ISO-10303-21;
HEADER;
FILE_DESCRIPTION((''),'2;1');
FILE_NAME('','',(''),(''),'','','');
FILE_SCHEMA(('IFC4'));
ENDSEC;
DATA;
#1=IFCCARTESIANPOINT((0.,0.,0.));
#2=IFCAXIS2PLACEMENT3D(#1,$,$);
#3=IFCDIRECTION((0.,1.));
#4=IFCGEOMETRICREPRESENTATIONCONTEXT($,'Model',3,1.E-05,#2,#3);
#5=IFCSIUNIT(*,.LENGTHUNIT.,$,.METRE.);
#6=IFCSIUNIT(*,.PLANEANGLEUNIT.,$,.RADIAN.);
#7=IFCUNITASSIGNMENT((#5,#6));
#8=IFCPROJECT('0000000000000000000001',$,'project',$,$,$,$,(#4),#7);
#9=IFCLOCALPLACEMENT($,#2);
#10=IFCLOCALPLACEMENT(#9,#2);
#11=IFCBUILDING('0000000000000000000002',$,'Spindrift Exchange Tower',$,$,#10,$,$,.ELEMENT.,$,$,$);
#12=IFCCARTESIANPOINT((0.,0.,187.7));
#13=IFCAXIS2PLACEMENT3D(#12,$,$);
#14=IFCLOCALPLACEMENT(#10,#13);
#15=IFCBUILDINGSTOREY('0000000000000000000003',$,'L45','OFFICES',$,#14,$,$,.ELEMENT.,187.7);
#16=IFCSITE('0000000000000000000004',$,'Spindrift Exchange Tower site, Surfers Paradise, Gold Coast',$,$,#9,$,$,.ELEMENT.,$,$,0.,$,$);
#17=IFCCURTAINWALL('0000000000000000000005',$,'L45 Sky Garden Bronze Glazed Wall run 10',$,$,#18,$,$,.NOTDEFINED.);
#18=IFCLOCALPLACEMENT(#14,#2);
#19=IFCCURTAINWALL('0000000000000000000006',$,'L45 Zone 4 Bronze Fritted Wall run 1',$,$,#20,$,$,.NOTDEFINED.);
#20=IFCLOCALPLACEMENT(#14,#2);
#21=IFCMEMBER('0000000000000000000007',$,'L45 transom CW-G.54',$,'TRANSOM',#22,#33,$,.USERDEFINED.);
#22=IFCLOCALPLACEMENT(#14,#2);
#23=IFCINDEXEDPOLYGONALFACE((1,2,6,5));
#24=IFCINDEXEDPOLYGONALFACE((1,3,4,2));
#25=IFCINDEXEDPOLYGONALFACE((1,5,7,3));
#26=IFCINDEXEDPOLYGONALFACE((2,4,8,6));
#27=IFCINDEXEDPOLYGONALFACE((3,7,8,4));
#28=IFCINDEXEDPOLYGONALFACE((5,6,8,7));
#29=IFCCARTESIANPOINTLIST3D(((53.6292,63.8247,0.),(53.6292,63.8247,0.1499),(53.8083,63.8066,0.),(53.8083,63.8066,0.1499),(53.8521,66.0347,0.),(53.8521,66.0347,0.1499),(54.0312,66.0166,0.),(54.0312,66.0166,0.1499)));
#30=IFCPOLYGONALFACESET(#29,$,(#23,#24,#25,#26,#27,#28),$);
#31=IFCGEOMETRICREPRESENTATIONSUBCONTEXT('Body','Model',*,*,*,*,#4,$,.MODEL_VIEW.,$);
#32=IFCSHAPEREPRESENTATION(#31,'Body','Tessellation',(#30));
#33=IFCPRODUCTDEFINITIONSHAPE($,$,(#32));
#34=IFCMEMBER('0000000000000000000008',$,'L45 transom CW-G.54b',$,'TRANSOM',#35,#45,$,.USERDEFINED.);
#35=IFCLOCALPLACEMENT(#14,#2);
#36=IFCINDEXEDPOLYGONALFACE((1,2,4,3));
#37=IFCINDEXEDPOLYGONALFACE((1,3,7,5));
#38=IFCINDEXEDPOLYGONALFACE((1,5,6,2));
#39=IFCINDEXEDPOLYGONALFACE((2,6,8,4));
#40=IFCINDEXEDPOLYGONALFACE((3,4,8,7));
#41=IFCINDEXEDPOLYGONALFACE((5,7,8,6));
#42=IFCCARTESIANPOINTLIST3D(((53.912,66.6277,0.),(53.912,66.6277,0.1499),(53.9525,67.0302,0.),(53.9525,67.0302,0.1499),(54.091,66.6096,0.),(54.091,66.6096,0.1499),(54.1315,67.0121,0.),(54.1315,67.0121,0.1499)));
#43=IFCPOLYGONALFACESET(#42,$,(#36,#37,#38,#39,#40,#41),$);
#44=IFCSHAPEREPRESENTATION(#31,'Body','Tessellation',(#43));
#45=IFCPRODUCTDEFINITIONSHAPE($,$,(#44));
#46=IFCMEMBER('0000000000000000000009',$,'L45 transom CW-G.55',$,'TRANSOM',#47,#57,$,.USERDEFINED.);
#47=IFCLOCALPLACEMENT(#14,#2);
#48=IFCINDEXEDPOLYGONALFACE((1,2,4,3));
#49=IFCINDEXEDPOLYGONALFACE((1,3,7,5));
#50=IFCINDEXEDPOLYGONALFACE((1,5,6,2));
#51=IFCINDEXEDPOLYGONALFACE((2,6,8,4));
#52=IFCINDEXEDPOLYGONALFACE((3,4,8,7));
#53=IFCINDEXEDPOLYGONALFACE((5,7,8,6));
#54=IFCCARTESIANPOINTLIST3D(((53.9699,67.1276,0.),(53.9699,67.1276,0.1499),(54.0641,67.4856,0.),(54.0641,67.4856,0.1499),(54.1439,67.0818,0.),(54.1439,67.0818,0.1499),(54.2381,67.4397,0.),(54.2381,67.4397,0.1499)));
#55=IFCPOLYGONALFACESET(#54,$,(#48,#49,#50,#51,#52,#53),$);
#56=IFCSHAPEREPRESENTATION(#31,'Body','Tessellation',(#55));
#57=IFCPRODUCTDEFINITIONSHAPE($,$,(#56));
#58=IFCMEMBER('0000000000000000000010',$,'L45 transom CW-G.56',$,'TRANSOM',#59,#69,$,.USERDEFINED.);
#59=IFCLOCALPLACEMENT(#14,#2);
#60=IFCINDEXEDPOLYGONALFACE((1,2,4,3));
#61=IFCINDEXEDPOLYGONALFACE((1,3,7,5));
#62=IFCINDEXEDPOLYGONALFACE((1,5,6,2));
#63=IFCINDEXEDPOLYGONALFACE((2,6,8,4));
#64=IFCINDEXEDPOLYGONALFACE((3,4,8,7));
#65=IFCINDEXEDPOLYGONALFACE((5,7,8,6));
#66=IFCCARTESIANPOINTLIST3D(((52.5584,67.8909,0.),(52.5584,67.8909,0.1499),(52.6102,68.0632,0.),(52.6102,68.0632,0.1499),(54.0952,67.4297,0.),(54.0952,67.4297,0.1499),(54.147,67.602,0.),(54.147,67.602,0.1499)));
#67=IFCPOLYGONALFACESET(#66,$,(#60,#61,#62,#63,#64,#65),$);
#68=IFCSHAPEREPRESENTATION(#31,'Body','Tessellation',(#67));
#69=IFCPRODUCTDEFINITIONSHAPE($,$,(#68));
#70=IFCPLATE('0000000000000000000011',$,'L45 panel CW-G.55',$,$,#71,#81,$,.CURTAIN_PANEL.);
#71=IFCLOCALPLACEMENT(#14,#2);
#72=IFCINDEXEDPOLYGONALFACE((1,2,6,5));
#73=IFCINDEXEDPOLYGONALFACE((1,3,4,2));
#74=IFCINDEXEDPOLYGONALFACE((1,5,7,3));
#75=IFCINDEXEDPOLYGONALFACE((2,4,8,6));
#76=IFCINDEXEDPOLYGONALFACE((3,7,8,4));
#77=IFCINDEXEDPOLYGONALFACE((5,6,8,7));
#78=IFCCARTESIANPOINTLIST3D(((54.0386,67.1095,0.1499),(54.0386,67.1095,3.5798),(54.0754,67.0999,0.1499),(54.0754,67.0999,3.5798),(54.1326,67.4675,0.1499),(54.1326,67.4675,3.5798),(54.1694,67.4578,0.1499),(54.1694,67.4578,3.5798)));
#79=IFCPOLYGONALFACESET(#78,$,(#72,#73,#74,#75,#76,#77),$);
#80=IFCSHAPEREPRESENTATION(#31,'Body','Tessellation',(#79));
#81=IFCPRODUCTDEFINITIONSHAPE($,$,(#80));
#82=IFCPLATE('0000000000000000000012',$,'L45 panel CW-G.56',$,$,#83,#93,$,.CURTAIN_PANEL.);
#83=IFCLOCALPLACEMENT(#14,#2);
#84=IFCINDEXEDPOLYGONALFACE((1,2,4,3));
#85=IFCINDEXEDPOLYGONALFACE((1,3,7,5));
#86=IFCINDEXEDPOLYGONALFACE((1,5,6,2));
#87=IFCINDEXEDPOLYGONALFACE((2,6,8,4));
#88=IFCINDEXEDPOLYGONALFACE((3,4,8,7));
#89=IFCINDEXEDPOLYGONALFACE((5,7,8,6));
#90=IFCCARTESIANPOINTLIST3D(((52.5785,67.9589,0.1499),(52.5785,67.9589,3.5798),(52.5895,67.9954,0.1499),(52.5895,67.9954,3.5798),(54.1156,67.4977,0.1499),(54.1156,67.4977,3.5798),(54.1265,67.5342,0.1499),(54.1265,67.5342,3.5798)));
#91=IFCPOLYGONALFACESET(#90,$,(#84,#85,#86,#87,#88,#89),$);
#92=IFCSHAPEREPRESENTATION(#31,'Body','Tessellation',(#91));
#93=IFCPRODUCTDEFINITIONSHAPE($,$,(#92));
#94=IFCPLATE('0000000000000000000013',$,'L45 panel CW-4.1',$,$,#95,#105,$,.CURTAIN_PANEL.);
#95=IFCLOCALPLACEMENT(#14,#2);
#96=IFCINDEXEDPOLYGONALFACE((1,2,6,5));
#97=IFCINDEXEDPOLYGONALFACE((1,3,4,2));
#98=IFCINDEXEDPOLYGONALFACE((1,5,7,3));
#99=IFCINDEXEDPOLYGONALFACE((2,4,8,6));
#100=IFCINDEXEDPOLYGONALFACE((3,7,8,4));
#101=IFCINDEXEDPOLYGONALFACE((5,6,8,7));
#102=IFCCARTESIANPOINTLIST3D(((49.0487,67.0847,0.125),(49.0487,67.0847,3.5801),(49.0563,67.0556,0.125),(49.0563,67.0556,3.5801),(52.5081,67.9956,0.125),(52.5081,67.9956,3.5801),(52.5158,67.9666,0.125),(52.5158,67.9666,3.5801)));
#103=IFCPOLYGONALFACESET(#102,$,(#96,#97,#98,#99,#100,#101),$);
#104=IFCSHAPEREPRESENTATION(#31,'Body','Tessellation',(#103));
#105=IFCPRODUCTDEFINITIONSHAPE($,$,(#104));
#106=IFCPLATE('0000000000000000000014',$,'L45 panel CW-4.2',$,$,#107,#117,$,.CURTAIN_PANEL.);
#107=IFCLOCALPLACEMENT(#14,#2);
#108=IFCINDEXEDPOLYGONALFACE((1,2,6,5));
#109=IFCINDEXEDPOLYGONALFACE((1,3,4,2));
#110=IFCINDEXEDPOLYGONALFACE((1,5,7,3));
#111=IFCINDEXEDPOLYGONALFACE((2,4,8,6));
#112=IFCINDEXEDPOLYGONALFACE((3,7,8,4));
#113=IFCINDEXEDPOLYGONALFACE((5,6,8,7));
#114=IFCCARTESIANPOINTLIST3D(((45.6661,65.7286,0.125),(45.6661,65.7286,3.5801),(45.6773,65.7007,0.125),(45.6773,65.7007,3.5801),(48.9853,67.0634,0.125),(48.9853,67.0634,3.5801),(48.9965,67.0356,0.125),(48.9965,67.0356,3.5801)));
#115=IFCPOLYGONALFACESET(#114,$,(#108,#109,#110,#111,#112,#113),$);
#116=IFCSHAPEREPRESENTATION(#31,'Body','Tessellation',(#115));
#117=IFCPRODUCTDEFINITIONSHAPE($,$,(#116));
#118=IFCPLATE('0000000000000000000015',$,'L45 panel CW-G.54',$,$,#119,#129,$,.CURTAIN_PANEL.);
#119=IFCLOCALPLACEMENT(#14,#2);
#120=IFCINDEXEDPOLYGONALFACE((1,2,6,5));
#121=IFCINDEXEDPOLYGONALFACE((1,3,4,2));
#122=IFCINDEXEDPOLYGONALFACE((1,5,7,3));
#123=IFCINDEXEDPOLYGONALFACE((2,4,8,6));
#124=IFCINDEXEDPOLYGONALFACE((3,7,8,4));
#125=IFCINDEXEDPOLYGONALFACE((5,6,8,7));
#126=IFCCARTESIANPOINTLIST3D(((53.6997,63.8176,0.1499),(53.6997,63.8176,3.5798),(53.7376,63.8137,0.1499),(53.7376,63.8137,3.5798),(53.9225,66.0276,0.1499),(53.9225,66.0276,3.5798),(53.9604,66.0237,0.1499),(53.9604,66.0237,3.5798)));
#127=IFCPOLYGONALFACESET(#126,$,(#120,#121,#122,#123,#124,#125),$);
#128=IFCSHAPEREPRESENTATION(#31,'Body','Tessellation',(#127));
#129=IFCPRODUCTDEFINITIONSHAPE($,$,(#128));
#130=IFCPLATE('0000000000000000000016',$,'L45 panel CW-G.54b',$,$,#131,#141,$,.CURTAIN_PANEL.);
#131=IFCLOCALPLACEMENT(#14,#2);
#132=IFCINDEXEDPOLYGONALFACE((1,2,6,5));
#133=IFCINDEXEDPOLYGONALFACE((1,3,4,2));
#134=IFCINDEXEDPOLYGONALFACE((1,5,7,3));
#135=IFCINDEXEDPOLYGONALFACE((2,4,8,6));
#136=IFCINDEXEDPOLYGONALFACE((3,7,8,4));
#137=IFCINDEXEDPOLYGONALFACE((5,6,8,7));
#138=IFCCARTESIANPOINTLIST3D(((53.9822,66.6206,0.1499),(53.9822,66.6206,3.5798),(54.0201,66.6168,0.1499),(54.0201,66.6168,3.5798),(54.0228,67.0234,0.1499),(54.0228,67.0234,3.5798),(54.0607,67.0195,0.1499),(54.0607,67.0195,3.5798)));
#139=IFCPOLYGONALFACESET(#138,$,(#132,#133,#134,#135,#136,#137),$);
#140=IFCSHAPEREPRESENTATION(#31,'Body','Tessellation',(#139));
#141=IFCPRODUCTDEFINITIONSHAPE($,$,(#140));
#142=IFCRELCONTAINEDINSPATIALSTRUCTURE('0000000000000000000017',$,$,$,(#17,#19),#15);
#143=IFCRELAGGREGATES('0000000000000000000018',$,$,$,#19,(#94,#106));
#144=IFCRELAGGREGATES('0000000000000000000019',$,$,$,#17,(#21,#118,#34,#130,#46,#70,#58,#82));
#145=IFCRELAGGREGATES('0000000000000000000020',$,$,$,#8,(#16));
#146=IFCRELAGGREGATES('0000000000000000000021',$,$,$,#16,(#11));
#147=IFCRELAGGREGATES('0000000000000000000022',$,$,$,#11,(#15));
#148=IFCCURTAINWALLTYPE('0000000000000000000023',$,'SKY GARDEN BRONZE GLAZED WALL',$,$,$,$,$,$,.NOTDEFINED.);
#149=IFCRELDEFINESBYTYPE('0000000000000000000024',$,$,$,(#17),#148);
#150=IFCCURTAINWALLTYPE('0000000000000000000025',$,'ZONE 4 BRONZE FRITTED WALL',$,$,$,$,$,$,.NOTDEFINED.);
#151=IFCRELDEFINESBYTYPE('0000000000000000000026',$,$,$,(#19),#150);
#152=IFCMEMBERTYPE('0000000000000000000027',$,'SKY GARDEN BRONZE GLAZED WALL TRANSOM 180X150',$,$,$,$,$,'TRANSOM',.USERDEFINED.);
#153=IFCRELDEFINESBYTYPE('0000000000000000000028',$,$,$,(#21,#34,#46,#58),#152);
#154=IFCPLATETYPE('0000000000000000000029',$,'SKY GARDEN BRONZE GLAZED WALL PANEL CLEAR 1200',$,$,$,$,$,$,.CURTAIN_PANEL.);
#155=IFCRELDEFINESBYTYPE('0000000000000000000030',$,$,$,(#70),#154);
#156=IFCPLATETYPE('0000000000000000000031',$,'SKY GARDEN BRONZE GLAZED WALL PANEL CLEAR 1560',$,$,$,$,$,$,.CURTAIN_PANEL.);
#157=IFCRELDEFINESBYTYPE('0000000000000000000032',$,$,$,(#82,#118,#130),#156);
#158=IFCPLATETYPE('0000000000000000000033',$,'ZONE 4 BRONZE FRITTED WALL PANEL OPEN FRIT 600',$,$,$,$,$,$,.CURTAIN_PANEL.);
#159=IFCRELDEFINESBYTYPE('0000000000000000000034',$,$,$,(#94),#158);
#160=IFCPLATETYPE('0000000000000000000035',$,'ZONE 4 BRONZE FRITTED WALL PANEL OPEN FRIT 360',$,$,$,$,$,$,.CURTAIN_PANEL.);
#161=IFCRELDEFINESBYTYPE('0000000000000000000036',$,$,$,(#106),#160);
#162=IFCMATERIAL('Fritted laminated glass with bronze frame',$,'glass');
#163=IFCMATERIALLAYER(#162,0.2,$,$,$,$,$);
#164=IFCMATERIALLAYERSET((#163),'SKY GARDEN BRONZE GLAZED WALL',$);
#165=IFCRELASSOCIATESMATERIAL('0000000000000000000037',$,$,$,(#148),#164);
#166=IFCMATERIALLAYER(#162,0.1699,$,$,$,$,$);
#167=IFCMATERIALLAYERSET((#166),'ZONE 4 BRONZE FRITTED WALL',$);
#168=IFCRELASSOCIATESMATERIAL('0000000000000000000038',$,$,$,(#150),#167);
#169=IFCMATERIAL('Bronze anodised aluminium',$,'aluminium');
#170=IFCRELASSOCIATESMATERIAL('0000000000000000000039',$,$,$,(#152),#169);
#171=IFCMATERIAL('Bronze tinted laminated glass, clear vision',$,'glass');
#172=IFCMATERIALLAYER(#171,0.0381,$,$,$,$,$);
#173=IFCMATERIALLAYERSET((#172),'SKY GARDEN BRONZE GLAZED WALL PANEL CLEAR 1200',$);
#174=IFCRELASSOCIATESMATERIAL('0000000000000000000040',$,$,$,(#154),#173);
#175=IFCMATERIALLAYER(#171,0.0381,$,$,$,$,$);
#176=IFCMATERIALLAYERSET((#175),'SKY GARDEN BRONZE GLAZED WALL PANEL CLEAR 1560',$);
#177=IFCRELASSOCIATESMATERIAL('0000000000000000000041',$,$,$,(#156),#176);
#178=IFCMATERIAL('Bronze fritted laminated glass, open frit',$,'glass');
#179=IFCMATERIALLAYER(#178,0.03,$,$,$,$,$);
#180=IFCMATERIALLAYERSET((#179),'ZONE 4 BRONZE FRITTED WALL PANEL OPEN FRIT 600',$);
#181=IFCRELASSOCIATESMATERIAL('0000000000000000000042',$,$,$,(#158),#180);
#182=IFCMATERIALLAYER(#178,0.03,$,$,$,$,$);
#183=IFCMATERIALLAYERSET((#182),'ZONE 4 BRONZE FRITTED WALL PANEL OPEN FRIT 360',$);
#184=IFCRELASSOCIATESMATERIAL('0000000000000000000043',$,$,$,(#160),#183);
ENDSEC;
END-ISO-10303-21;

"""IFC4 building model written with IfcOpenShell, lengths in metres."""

from ifc_helpers import new_model, si_unit, direction, frame, origin, origin_2d, place, context, subcontext, project, spatial, rectangle, extrude, source, transform, mapped, material, layer, layer_set, material_profile, profile_set, type_object, element, aggregate, save


model = new_model("IFC4")

# Units and contexts
model_context = context("Model", 3, precision=1e-05, world=origin(), true_north=direction((0.0, 1.0)))
body_context = subcontext(model_context, "Body", "Model", "MODEL_VIEW")
ifc_project = project(units=[si_unit("LENGTHUNIT", "METRE"), si_unit("PLANEANGLEUNIT", "RADIAN")], contexts=[model_context])

# Site, building, storey
site_placement = place(None, origin())
site = spatial("IfcSite", under=ifc_project, at=site_placement, Name="Spindrift Exchange Tower site, Surfers Paradise, Gold Coast", CompositionType="ELEMENT", RefElevation=0.0)
building_placement = place(site_placement, origin())
building = spatial("IfcBuilding", under=site, at=building_placement, Name="Spindrift Exchange Tower", CompositionType="ELEMENT")
storey_placement = place(building_placement, frame((0.0, 0.0, 187.7)))
storey = spatial("IfcBuildingStorey", under=building, at=storey_placement, Name="L45", Description="OFFICES", CompositionType="ELEMENT", Elevation=187.7)

# Curtain walls
ifc_material_1 = material(Name="Fritted laminated glass with bronze frame", Category="glass")
ifc_layer_1 = layer(ifc_material_1, 0.2)
ifc_layer_set_1 = layer_set([ifc_layer_1], Name="SKY GARDEN BRONZE GLAZED WALL")
curtain_wall_type_1 = type_object("IfcCurtainWallType", Name="SKY GARDEN BRONZE GLAZED WALL", PredefinedType="NOTDEFINED", material=ifc_layer_set_1)
curtain_wall_1_placement = place(storey_placement, origin())
curtain_wall_1 = element("IfcCurtainWall", 1, at=curtain_wall_1_placement, inside=storey, type_object=curtain_wall_type_1, Name="L45 Sky Garden Bronze Glazed Wall run 10", PredefinedType="NOTDEFINED")
ifc_material_2 = material(Name="Bronze anodised aluminium", Category="aluminium")
ifc_layer_2 = layer(ifc_material_1, 0.1699)
ifc_layer_set_2 = layer_set([ifc_layer_2], Name="ZONE 4 BRONZE FRITTED WALL")
curtain_wall_type_2 = type_object("IfcCurtainWallType", Name="ZONE 4 BRONZE FRITTED WALL", PredefinedType="NOTDEFINED", material=ifc_layer_set_2)
curtain_wall_2_placement = place(storey_placement, origin())
curtain_wall_2 = element("IfcCurtainWall", 2, at=curtain_wall_2_placement, inside=storey, type_object=curtain_wall_type_2, Name="L45 Zone 4 Bronze Fritted Wall run 1", PredefinedType="NOTDEFINED")

# Members
ifc_material_profile_1 = material_profile(ifc_material_2, rectangle(XDim=0.1799, YDim=0.1499, at=origin_2d()), Name="SKY GARDEN BRONZE GLAZED WALL TRANSOM 180X150")
ifc_profile_set_1 = profile_set([ifc_material_profile_1], Name="Bronze anodised aluminium")
member_type_1 = type_object("IfcMemberType", Name="SKY GARDEN BRONZE GLAZED WALL TRANSOM 180X150", ElementType="TRANSOM", PredefinedType="USERDEFINED", material=ifc_profile_set_1)
shared_shape_1 = source(origin(), body_context, "Body", "SweptSolid", [
    extrude(rectangle(XDim=0.1799, YDim=0.1499, at=origin_2d()), origin(), (0.0, 0.0, 1.0), 2.2212),
])
member_1_placement = place(storey_placement, frame((53.7188, 63.8157, 0.075), z_axis=(0.100353, 0.994952, 0.0), x_axis=(-0.994952, 0.100353, 0.0)))
member_1 = element("IfcMember", 3, at=member_1_placement, type_object=member_type_1, Name="L45 transom CW-G.54", ObjectType="TRANSOM", PredefinedType="USERDEFINED", context=body_context, shape_type="MappedRepresentation", body=[
    mapped(shared_shape_1, transform((0.0, 0.0, 0.0), scale=1.0)),
])
shared_shape_2 = source(origin(), body_context, "Body", "SweptSolid", [
    extrude(rectangle(XDim=0.1799, YDim=0.1499, at=origin_2d()), origin(), (0.0, 0.0, 1.0), 0.4045),
])
member_2_placement = place(storey_placement, frame((54.0015, 66.6187, 0.075), z_axis=(0.100161, 0.994971, 0.0), x_axis=(-0.994971, 0.100161, 0.0)))
member_2 = element("IfcMember", 4, at=member_2_placement, type_object=member_type_1, Name="L45 transom CW-G.54b", ObjectType="TRANSOM", PredefinedType="USERDEFINED", context=body_context, shape_type="MappedRepresentation", body=[
    mapped(shared_shape_2, transform((0.0, 0.0, 0.0), scale=1.0)),
])
shared_shape_3 = source(origin(), body_context, "Body", "SweptSolid", [
    extrude(rectangle(XDim=0.1799, YDim=0.1499, at=origin_2d()), origin(), (0.0, 0.0, 1.0), 0.3701),
])
member_3_placement = place(storey_placement, frame((54.0569, 67.1047, 0.075), z_axis=(0.254623, 0.96704, 0.0), x_axis=(-0.96704, 0.254623, 0.0)))
member_3 = element("IfcMember", 5, at=member_3_placement, type_object=member_type_1, Name="L45 transom CW-G.55", ObjectType="TRANSOM", PredefinedType="USERDEFINED", context=body_context, shape_type="MappedRepresentation", body=[
    mapped(shared_shape_3, transform((0.0, 0.0, 0.0), scale=1.0)),
])
shared_shape_4 = source(origin(), body_context, "Body", "SweptSolid", [
    extrude(rectangle(XDim=0.1799, YDim=0.1499, at=origin_2d()), origin(), (0.0, 0.0, 1.0), 1.6045),
])
member_4_placement = place(storey_placement, frame((54.1211, 67.5159, 0.075), z_axis=(-0.957805, 0.287418, 0.0), x_axis=(-0.287418, -0.957805, 0.0)))
member_4 = element("IfcMember", 6, at=member_4_placement, type_object=member_type_1, Name="L45 transom CW-G.56", ObjectType="TRANSOM", PredefinedType="USERDEFINED", context=body_context, shape_type="MappedRepresentation", body=[
    mapped(shared_shape_4, transform((0.0, 0.0, 0.0), scale=1.0)),
])

# Plates
ifc_material_3 = material(Name="Bronze tinted laminated glass, clear vision", Category="glass")
ifc_layer_3 = layer(ifc_material_3, 0.0381)
ifc_layer_set_3 = layer_set([ifc_layer_3], Name="SKY GARDEN BRONZE GLAZED WALL PANEL CLEAR 1200")
plate_type_1 = type_object("IfcPlateType", Name="SKY GARDEN BRONZE GLAZED WALL PANEL CLEAR 1200", PredefinedType="CURTAIN_PANEL", material=ifc_layer_set_3)
shared_shape_5 = source(origin(), body_context, "Body", "SweptSolid", [
    extrude(rectangle(XDim=0.3701, YDim=0.0381, at=origin_2d()), origin(), (0.0, 0.0, 1.0), 3.4299),
])
plate_1_placement = place(storey_placement, frame((54.104, 67.2837, 0.1499), z_axis=(0.0, 0.0, 1.0), x_axis=(0.25405, 0.967191, 0.0)))
plate_1 = element("IfcPlate", 7, at=plate_1_placement, type_object=plate_type_1, Name="L45 panel CW-G.55", PredefinedType="CURTAIN_PANEL", context=body_context, shape_type="MappedRepresentation", body=[
    mapped(shared_shape_5, transform((0.0, 0.0, 0.0), scale=1.0)),
])
ifc_layer_4 = layer(ifc_material_3, 0.0381)
ifc_layer_set_4 = layer_set([ifc_layer_4], Name="SKY GARDEN BRONZE GLAZED WALL PANEL CLEAR 1560")
plate_type_2 = type_object("IfcPlateType", Name="SKY GARDEN BRONZE GLAZED WALL PANEL CLEAR 1560", PredefinedType="CURTAIN_PANEL", material=ifc_layer_set_4)
shared_shape_6 = source(origin(), body_context, "Body", "SweptSolid", [
    extrude(rectangle(XDim=1.6047, YDim=0.0381, at=origin_2d()), origin(), (0.0, 0.0, 1.0), 3.4299),
])
plate_2_placement = place(storey_placement, frame((53.3525, 67.7466, 0.1499), z_axis=(0.0, 0.0, 1.0), x_axis=(-0.957813, 0.287391, 0.0)))
plate_2 = element("IfcPlate", 8, at=plate_2_placement, type_object=plate_type_2, Name="L45 panel CW-G.56", PredefinedType="CURTAIN_PANEL", context=body_context, shape_type="MappedRepresentation", body=[
    mapped(shared_shape_6, transform((0.0, 0.0, 0.0), scale=1.0)),
])
ifc_material_4 = material(Name="Bronze fritted laminated glass, open frit", Category="glass")
ifc_layer_5 = layer(ifc_material_4, 0.03)
ifc_layer_set_5 = layer_set([ifc_layer_5], Name="ZONE 4 BRONZE FRITTED WALL PANEL OPEN FRIT 600")
plate_type_3 = type_object("IfcPlateType", Name="ZONE 4 BRONZE FRITTED WALL PANEL OPEN FRIT 600", PredefinedType="CURTAIN_PANEL", material=ifc_layer_set_5)
shared_shape_7 = source(origin(), body_context, "Body", "SweptSolid", [
    extrude(rectangle(XDim=3.5774, YDim=0.03, at=origin_2d()), origin(), (0.0, 0.0, 1.0), 3.4551),
])
plate_3_placement = place(storey_placement, frame((50.7822, 67.5256, 0.125), z_axis=(0.0, 0.0, 1.0), x_axis=(-0.967035, -0.254642, 0.0)))
plate_3 = element("IfcPlate", 9, at=plate_3_placement, type_object=plate_type_3, Name="L45 panel CW-4.1", PredefinedType="CURTAIN_PANEL", context=body_context, shape_type="MappedRepresentation", body=[
    mapped(shared_shape_7, transform((0.0, 0.0, 0.0), scale=1.0)),
])
ifc_layer_6 = layer(ifc_material_4, 0.03)
ifc_layer_set_6 = layer_set([ifc_layer_6], Name="ZONE 4 BRONZE FRITTED WALL PANEL OPEN FRIT 360")
plate_type_4 = type_object("IfcPlateType", Name="ZONE 4 BRONZE FRITTED WALL PANEL OPEN FRIT 360", PredefinedType="CURTAIN_PANEL", material=ifc_layer_set_6)
shared_shape_8 = source(origin(), body_context, "Body", "SweptSolid", [
    extrude(rectangle(XDim=3.5776, YDim=0.03, at=origin_2d()), origin(), (0.0, 0.0, 1.0), 3.4551),
])
plate_4_placement = place(storey_placement, frame((47.3313, 66.3821, 0.125), z_axis=(0.0, 0.0, 1.0), x_axis=(-0.927788, -0.373108, 0.0)))
plate_4 = element("IfcPlate", 10, at=plate_4_placement, type_object=plate_type_4, Name="L45 panel CW-4.2", PredefinedType="CURTAIN_PANEL", context=body_context, shape_type="MappedRepresentation", body=[
    mapped(shared_shape_8, transform((0.0, 0.0, 0.0), scale=1.0)),
])
aggregate(curtain_wall_2, [plate_3, plate_4])
shared_shape_9 = source(origin(), body_context, "Body", "SweptSolid", [
    extrude(rectangle(XDim=2.2212, YDim=0.0381, at=origin_2d()), origin(), (0.0, 0.0, 1.0), 3.4299),
])
plate_5_placement = place(storey_placement, frame((53.8301, 64.9207, 0.1499), z_axis=(0.0, 0.0, 1.0), x_axis=(0.100306, 0.994957, 0.0)))
plate_5 = element("IfcPlate", 11, at=plate_5_placement, type_object=plate_type_2, Name="L45 panel CW-G.54", PredefinedType="CURTAIN_PANEL", context=body_context, shape_type="MappedRepresentation", body=[
    mapped(shared_shape_9, transform((0.0, 0.0, 0.0), scale=1.0)),
])
shared_shape_10 = source(origin(), body_context, "Body", "SweptSolid", [
    extrude(rectangle(XDim=0.4048, YDim=0.0381, at=origin_2d()), origin(), (0.0, 0.0, 1.0), 3.4299),
])
plate_6_placement = place(storey_placement, frame((54.0215, 66.8201, 0.1499), z_axis=(0.0, 0.0, 1.0), x_axis=(0.100306, 0.994957, 0.0)))
plate_6 = element("IfcPlate", 12, at=plate_6_placement, type_object=plate_type_2, Name="L45 panel CW-G.54b", PredefinedType="CURTAIN_PANEL", context=body_context, shape_type="MappedRepresentation", body=[
    mapped(shared_shape_10, transform((0.0, 0.0, 0.0), scale=1.0)),
])
aggregate(curtain_wall_1, [member_1, plate_5, member_2, plate_6, member_3, plate_1, member_4, plate_2])

save(model, "model.ifc")
